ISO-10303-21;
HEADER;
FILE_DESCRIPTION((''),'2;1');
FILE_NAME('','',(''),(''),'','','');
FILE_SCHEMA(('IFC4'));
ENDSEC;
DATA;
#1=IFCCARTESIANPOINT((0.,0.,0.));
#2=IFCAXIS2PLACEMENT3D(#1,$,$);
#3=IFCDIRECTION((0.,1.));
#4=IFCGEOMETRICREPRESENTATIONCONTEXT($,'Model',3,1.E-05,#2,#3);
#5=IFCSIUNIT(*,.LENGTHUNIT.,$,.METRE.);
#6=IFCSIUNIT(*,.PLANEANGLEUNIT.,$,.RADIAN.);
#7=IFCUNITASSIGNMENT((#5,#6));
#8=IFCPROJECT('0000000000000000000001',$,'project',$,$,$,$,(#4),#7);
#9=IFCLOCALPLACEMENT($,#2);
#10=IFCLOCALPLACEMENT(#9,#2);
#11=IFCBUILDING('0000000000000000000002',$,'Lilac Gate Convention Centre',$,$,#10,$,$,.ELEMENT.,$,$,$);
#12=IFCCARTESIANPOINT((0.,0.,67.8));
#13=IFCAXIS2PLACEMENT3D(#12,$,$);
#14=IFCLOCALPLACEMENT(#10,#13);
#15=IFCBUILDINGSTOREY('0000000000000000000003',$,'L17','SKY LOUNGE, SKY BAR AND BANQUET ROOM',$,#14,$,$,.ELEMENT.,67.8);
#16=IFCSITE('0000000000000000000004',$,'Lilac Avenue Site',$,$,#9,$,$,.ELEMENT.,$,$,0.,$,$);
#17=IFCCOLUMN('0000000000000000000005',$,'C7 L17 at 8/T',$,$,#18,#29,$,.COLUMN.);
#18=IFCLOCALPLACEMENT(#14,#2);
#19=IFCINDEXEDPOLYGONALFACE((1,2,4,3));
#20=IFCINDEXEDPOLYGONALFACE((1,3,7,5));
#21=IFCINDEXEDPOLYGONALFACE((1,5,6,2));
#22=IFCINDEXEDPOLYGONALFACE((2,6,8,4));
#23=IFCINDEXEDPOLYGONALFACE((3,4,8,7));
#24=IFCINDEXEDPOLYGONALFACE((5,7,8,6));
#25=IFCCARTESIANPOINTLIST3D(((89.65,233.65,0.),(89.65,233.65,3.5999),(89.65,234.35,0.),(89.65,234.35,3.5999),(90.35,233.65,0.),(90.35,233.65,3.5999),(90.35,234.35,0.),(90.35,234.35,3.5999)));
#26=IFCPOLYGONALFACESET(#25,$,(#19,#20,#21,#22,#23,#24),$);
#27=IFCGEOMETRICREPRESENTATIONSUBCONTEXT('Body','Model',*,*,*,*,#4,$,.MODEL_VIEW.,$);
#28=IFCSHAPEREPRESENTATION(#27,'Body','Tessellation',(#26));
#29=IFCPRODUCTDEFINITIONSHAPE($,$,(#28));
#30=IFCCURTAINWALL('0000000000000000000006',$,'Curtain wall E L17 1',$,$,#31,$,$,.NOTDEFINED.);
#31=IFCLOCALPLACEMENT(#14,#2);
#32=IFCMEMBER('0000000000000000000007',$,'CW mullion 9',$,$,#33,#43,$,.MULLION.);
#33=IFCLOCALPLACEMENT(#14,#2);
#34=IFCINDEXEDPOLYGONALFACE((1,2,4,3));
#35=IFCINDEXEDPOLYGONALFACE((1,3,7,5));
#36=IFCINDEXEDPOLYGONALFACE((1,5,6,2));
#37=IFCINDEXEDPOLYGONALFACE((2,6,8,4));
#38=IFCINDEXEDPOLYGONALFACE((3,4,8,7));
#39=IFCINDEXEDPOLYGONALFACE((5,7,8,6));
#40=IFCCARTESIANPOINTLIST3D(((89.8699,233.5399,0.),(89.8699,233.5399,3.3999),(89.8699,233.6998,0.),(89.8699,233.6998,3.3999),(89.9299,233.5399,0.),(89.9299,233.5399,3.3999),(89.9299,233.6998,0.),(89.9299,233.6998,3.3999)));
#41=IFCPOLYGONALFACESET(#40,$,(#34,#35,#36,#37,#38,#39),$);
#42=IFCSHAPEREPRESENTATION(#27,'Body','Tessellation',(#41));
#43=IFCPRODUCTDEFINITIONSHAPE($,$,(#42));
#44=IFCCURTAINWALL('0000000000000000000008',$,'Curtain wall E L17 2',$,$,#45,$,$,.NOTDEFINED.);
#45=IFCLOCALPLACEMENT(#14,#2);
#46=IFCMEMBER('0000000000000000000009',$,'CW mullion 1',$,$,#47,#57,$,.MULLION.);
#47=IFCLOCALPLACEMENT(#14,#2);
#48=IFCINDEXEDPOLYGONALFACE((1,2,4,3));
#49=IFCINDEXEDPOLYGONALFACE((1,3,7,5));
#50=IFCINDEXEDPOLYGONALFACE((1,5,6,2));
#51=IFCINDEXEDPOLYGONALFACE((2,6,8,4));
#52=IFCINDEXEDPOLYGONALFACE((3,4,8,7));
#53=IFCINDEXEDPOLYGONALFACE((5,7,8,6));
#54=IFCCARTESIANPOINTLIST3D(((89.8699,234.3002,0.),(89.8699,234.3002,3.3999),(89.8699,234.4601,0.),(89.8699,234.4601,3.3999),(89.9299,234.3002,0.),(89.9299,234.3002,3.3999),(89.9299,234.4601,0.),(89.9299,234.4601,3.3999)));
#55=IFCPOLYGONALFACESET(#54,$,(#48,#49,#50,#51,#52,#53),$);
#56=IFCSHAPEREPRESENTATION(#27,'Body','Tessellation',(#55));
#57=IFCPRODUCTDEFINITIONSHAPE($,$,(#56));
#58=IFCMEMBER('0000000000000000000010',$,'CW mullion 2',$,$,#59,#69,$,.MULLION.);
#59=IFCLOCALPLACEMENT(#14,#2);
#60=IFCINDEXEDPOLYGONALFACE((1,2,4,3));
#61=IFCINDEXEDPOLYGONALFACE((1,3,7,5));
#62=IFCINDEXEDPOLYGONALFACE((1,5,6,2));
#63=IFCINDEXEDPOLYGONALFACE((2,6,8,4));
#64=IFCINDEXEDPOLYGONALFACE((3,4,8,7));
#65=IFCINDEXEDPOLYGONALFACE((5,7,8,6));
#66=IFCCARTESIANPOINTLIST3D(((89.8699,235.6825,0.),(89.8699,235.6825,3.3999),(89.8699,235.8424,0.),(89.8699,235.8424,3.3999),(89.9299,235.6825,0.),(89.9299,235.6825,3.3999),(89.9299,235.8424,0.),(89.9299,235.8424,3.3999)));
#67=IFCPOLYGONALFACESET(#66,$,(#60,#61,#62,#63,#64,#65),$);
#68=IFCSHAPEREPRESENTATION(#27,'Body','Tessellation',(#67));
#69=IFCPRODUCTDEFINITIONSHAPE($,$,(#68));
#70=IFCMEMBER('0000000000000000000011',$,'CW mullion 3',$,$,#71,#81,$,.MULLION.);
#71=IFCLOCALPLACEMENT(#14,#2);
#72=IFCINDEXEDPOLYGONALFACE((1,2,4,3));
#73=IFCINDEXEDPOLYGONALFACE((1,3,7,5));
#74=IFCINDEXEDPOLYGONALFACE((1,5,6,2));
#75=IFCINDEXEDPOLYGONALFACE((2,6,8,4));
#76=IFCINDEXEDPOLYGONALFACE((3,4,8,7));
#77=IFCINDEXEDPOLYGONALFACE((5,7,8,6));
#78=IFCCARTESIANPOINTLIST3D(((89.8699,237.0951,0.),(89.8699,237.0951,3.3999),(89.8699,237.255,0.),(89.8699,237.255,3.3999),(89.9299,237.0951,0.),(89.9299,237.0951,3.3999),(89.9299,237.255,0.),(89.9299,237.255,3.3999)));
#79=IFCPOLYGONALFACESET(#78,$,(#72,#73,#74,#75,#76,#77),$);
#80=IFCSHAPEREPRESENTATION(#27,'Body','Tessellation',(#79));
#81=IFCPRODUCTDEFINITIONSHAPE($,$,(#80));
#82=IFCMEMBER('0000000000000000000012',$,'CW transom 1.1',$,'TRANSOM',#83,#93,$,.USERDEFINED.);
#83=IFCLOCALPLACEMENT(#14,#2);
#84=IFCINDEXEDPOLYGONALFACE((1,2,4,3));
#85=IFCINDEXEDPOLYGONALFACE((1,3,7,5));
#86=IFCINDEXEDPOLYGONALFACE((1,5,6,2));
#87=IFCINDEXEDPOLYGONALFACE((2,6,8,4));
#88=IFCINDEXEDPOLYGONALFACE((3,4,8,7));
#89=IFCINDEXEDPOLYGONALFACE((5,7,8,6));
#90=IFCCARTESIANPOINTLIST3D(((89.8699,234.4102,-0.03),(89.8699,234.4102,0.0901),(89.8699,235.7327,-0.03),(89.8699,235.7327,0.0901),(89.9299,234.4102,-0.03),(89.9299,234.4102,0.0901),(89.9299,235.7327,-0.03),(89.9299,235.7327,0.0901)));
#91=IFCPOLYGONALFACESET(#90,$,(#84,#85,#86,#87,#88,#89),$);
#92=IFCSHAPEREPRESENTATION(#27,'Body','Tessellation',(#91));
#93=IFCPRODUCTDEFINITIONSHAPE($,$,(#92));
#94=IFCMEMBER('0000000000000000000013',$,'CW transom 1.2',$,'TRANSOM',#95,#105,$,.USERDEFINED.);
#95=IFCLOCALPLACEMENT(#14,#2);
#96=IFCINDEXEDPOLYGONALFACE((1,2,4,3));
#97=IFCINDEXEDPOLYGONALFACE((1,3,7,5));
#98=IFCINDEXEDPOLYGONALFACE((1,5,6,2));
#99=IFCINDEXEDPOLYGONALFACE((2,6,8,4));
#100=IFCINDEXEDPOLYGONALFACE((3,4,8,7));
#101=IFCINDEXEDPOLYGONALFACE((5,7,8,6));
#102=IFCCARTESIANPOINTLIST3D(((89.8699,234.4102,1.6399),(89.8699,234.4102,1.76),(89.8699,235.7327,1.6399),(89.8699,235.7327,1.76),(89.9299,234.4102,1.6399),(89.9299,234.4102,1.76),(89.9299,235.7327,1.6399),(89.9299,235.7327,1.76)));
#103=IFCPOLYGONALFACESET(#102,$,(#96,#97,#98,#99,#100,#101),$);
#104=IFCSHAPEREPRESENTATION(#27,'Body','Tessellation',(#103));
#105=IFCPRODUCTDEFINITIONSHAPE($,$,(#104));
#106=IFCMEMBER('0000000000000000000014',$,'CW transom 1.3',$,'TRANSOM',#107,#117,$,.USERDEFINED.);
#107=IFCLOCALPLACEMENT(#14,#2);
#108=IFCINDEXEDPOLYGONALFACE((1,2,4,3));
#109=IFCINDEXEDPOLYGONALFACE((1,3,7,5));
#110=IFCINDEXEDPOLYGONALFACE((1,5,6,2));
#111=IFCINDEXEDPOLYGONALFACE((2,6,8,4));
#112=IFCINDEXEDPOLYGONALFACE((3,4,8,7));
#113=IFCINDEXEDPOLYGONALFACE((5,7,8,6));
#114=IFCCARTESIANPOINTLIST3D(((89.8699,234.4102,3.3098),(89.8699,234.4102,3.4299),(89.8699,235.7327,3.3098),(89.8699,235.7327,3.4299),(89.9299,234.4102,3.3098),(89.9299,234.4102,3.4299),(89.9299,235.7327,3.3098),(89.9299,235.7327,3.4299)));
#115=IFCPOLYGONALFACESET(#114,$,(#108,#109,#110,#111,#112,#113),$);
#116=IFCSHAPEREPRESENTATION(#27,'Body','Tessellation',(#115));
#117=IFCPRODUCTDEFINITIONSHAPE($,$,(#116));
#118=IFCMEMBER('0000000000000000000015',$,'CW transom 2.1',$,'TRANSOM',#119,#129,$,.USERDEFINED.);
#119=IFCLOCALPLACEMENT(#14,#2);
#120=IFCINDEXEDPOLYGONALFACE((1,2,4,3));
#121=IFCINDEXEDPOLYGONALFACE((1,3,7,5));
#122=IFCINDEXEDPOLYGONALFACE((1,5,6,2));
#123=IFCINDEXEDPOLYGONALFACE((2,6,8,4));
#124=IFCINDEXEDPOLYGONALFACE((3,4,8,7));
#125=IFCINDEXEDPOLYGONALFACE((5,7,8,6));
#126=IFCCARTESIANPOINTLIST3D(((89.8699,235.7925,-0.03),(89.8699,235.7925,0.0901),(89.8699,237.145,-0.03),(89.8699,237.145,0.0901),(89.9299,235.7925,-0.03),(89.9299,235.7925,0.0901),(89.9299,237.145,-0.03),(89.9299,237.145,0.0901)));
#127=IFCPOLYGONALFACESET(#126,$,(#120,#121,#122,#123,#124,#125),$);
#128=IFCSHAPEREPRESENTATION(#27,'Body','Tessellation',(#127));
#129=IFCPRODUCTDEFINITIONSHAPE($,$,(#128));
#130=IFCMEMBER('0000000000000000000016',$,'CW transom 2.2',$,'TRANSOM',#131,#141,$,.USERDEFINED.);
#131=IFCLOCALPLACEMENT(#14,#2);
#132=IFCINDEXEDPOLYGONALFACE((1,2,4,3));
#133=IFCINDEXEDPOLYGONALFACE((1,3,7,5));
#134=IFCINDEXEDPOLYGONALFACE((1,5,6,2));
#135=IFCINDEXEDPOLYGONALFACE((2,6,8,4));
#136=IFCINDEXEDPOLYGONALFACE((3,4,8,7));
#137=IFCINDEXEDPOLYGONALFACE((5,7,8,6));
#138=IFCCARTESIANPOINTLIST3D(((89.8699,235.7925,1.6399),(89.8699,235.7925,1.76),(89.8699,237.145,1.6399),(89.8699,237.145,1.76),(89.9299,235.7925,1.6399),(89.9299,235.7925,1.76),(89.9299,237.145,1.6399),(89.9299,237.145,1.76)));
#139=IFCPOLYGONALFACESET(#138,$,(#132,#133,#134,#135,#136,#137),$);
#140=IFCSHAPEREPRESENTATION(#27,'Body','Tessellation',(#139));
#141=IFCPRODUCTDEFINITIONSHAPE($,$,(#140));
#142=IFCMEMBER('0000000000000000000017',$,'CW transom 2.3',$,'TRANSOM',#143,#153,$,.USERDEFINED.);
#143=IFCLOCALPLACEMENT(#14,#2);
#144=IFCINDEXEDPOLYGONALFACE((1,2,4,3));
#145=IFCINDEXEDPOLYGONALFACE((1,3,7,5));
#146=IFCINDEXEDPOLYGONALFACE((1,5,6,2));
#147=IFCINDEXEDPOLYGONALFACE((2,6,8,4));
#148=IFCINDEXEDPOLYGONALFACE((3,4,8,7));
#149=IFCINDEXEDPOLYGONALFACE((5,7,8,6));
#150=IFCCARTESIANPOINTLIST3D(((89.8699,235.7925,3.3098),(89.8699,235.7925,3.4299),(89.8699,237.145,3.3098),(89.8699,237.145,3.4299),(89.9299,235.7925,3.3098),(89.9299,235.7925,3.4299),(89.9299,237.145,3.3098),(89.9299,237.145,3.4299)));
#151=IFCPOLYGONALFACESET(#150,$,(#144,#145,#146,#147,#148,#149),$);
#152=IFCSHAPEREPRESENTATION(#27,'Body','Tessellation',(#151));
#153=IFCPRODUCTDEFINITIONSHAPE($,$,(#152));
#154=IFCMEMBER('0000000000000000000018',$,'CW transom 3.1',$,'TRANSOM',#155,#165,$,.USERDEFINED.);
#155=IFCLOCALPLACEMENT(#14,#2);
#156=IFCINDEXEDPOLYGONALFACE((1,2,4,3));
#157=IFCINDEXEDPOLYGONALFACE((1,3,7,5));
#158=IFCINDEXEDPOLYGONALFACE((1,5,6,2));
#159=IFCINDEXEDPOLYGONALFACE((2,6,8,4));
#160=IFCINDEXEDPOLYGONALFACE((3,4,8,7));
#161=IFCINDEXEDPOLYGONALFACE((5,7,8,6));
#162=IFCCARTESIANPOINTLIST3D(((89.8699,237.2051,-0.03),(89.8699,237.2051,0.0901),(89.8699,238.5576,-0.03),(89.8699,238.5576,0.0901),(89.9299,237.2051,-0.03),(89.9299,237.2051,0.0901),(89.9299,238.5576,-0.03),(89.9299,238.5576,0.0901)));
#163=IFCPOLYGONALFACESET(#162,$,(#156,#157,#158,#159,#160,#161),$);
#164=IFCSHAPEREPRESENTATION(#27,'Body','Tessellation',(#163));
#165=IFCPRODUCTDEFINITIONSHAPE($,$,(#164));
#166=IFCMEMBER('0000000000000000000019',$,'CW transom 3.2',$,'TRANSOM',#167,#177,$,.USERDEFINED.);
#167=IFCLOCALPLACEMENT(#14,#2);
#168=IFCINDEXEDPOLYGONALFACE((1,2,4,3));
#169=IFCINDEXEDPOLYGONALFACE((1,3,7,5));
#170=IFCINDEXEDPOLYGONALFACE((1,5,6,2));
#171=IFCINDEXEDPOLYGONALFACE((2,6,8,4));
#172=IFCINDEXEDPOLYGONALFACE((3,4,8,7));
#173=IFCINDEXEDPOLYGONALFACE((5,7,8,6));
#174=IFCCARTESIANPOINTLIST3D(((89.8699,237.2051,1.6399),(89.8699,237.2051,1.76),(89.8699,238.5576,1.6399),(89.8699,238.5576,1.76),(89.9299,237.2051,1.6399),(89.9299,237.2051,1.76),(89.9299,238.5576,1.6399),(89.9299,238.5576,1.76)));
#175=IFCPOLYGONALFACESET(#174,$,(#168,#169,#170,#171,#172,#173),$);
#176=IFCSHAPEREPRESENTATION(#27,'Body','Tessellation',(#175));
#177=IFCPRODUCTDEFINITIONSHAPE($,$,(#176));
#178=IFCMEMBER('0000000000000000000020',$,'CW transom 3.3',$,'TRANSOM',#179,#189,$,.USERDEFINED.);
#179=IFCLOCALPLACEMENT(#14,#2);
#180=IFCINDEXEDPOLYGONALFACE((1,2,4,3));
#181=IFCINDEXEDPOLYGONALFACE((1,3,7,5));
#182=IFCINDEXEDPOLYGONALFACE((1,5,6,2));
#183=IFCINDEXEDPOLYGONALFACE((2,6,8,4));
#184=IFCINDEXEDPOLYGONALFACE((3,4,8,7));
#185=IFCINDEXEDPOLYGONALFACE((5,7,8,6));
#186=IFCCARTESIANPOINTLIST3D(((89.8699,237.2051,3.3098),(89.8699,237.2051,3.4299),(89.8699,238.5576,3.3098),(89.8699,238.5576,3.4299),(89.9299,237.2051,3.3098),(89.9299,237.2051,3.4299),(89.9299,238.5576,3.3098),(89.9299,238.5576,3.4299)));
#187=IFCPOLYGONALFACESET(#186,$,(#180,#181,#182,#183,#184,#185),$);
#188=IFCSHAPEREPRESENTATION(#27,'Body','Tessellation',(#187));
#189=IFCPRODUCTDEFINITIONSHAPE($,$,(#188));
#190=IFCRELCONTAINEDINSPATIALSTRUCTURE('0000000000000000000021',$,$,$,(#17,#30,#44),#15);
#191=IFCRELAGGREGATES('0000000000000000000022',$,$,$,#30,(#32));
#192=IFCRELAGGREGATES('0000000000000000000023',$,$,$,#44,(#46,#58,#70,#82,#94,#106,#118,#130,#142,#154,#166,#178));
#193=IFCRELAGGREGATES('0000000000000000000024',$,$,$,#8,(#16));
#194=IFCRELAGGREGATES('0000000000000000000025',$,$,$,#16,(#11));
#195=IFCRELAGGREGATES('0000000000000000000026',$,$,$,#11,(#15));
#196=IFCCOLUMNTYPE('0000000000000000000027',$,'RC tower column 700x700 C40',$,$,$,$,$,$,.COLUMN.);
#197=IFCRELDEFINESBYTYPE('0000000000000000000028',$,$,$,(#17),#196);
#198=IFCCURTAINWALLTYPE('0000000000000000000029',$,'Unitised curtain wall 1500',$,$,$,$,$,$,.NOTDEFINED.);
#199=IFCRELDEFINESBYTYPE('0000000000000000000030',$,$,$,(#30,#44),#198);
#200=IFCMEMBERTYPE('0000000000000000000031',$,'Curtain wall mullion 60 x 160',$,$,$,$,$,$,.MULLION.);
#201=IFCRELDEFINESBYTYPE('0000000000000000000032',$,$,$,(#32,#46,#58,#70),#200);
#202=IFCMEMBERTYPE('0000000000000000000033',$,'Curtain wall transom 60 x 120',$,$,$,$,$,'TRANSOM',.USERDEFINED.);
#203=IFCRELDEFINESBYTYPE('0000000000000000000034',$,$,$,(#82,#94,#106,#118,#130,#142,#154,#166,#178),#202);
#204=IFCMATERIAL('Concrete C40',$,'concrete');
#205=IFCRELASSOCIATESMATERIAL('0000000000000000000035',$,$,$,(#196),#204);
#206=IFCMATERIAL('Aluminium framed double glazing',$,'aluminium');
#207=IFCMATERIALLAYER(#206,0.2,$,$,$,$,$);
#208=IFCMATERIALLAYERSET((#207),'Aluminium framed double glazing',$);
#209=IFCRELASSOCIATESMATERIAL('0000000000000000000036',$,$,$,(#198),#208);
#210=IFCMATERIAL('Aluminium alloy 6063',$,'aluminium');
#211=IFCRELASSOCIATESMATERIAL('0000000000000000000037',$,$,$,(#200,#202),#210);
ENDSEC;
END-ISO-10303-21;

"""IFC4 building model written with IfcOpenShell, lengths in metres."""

from ifc_helpers import new_model, si_unit, direction, frame, origin, origin_2d, place, context, subcontext, project, spatial, rectangle, extrude, material, layer, layer_set, material_profile, profile_set, type_object, element, aggregate, save


model = new_model("IFC4")

# Units and contexts
model_context = context("Model", 3, precision=1e-05, world=origin(), true_north=direction((0.0, 1.0)))
body_context = subcontext(model_context, "Body", "Model", "MODEL_VIEW")
ifc_project = project(units=[si_unit("LENGTHUNIT", "METRE"), si_unit("PLANEANGLEUNIT", "RADIAN")], contexts=[model_context])

# Site, building, storey
site_placement = place(None, origin())
site = spatial("IfcSite", under=ifc_project, at=site_placement, Name="Lilac Avenue Site", CompositionType="ELEMENT", RefElevation=0.0)
building_placement = place(site_placement, origin())
building = spatial("IfcBuilding", under=site, at=building_placement, Name="Lilac Gate Convention Centre", CompositionType="ELEMENT")
storey_placement = place(building_placement, frame((0.0, 0.0, 67.8)))
storey = spatial("IfcBuildingStorey", under=building, at=storey_placement, Name="L17", Description="SKY LOUNGE, SKY BAR AND BANQUET ROOM", CompositionType="ELEMENT", Elevation=67.8)

# Column
ifc_material_1 = material(Name="Concrete C40", Category="concrete")
ifc_material_profile_1 = material_profile(ifc_material_1, rectangle(XDim=0.7, YDim=0.7, at=origin_2d()), Name="RC 700x700")
ifc_profile_set_1 = profile_set([ifc_material_profile_1], Name="Concrete C40")
column_type = type_object("IfcColumnType", Name="RC tower column 700x700 C40", PredefinedType="COLUMN", material=ifc_profile_set_1)
column_placement = place(storey_placement, frame((90.0, 234.0, 0.0), z_axis=(0.0, 0.0, 1.0), x_axis=(1.0, 0.0, 0.0)))
element("IfcColumn", 1, at=column_placement, inside=storey, type_object=column_type, Name="C7 L17 at 8/T", PredefinedType="COLUMN", context=body_context, shape_type="SweptSolid", body=[
    extrude(rectangle(XDim=0.7, YDim=0.7, at=origin_2d()), origin(), (0.0, 0.0, 1.0), 3.5999),
])

# Curtain wall, member
ifc_material_2 = material(Name="Aluminium framed double glazing", Category="aluminium")
ifc_layer_1 = layer(ifc_material_2, 0.2)
ifc_layer_set_1 = layer_set([ifc_layer_1], Name="Aluminium framed double glazing")
curtain_wall_type = type_object("IfcCurtainWallType", Name="Unitised curtain wall 1500", PredefinedType="NOTDEFINED", material=ifc_layer_set_1)
curtain_wall_1_placement = place(storey_placement, origin())
curtain_wall_1 = element("IfcCurtainWall", 2, at=curtain_wall_1_placement, inside=storey, type_object=curtain_wall_type, Name="Curtain wall E L17 1", PredefinedType="NOTDEFINED")
ifc_material_3 = material(Name="Aluminium alloy 6063", Category="aluminium")
ifc_material_profile_2 = material_profile(ifc_material_3, rectangle(XDim=0.0601, YDim=0.1599, at=origin_2d()), Name="Curtain wall mullion 60 x 160")
ifc_profile_set_2 = profile_set([ifc_material_profile_2], Name="Aluminium alloy 6063")
member_type_1 = type_object("IfcMemberType", Name="Curtain wall mullion 60 x 160", PredefinedType="MULLION", material=ifc_profile_set_2)
member_1_placement = place(storey_placement, frame((89.8999, 233.6199, 0.0), z_axis=(0.0, 0.0, 1.0), x_axis=(-1.0, 0.0, 0.0)))
member_1 = element("IfcMember", 3, at=member_1_placement, type_object=member_type_1, Name="CW mullion 9", PredefinedType="MULLION", context=body_context, shape_type="SweptSolid", body=[
    extrude(rectangle(XDim=0.0601, YDim=0.1599, at=origin_2d()), origin(), (0.0, 0.0, 1.0), 3.3999),
])
aggregate(curtain_wall_1, [member_1])

# Curtain wall, members
curtain_wall_2_placement = place(storey_placement, origin())
curtain_wall_2 = element("IfcCurtainWall", 4, at=curtain_wall_2_placement, inside=storey, type_object=curtain_wall_type, Name="Curtain wall E L17 2", PredefinedType="NOTDEFINED")
member_2_placement = place(storey_placement, frame((89.8999, 234.3801, 0.0), z_axis=(0.0, 0.0, 1.0), x_axis=(-1.0, 0.0, 0.0)))
member_2 = element("IfcMember", 5, at=member_2_placement, type_object=member_type_1, Name="CW mullion 1", PredefinedType="MULLION", context=body_context, shape_type="SweptSolid", body=[
    extrude(rectangle(XDim=0.0601, YDim=0.1599, at=origin_2d()), origin(), (0.0, 0.0, 1.0), 3.3999),
])
member_3_placement = place(storey_placement, frame((89.8999, 235.7625, 0.0), z_axis=(0.0, 0.0, 1.0), x_axis=(-1.0, 0.0, 0.0)))
member_3 = element("IfcMember", 6, at=member_3_placement, type_object=member_type_1, Name="CW mullion 2", PredefinedType="MULLION", context=body_context, shape_type="SweptSolid", body=[
    extrude(rectangle(XDim=0.0601, YDim=0.1599, at=origin_2d()), origin(), (0.0, 0.0, 1.0), 3.3999),
])
member_4_placement = place(storey_placement, frame((89.8999, 237.175, 0.0), z_axis=(0.0, 0.0, 1.0), x_axis=(-1.0, 0.0, 0.0)))
member_4 = element("IfcMember", 7, at=member_4_placement, type_object=member_type_1, Name="CW mullion 3", PredefinedType="MULLION", context=body_context, shape_type="SweptSolid", body=[
    extrude(rectangle(XDim=0.0601, YDim=0.1599, at=origin_2d()), origin(), (0.0, 0.0, 1.0), 3.3999),
])
ifc_material_profile_3 = material_profile(ifc_material_3, rectangle(XDim=0.0601, YDim=0.1201, at=origin_2d()), Name="Curtain wall transom 60 x 120")
ifc_profile_set_3 = profile_set([ifc_material_profile_3], Name="Aluminium alloy 6063")
member_type_2 = type_object("IfcMemberType", Name="Curtain wall transom 60 x 120", ElementType="TRANSOM", PredefinedType="USERDEFINED", material=ifc_profile_set_3)
member_5_placement = place(storey_placement, frame((89.8999, 234.4102, 0.03), z_axis=(0.0, 1.0, 0.0), x_axis=(-1.0, 0.0, 0.0)))
member_5 = element("IfcMember", 8, at=member_5_placement, type_object=member_type_2, Name="CW transom 1.1", ObjectType="TRANSOM", PredefinedType="USERDEFINED", context=body_context, shape_type="SweptSolid", body=[
    extrude(rectangle(XDim=0.0601, YDim=0.1201, at=origin_2d()), origin(), (0.0, 0.0, 1.0), 1.3225),
])
member_6_placement = place(storey_placement, frame((89.8999, 234.4102, 1.7), z_axis=(0.0, 1.0, 0.0), x_axis=(-1.0, 0.0, 0.0)))
member_6 = element("IfcMember", 9, at=member_6_placement, type_object=member_type_2, Name="CW transom 1.2", ObjectType="TRANSOM", PredefinedType="USERDEFINED", context=body_context, shape_type="SweptSolid", body=[
    extrude(rectangle(XDim=0.0601, YDim=0.1201, at=origin_2d()), origin(), (0.0, 0.0, 1.0), 1.3225),
])
member_7_placement = place(storey_placement, frame((89.8999, 234.4102, 3.3699), z_axis=(0.0, 1.0, 0.0), x_axis=(-1.0, 0.0, 0.0)))
member_7 = element("IfcMember", 10, at=member_7_placement, type_object=member_type_2, Name="CW transom 1.3", ObjectType="TRANSOM", PredefinedType="USERDEFINED", context=body_context, shape_type="SweptSolid", body=[
    extrude(rectangle(XDim=0.0601, YDim=0.1201, at=origin_2d()), origin(), (0.0, 0.0, 1.0), 1.3225),
])
member_8_placement = place(storey_placement, frame((89.8999, 235.7925, 0.03), z_axis=(0.0, 1.0, 0.0), x_axis=(-1.0, 0.0, 0.0)))
member_8 = element("IfcMember", 11, at=member_8_placement, type_object=member_type_2, Name="CW transom 2.1", ObjectType="TRANSOM", PredefinedType="USERDEFINED", context=body_context, shape_type="SweptSolid", body=[
    extrude(rectangle(XDim=0.0601, YDim=0.1201, at=origin_2d()), origin(), (0.0, 0.0, 1.0), 1.3525),
])
member_9_placement = place(storey_placement, frame((89.8999, 235.7925, 1.7), z_axis=(0.0, 1.0, 0.0), x_axis=(-1.0, 0.0, 0.0)))
member_9 = element("IfcMember", 12, at=member_9_placement, type_object=member_type_2, Name="CW transom 2.2", ObjectType="TRANSOM", PredefinedType="USERDEFINED", context=body_context, shape_type="SweptSolid", body=[
    extrude(rectangle(XDim=0.0601, YDim=0.1201, at=origin_2d()), origin(), (0.0, 0.0, 1.0), 1.3525),
])
member_10_placement = place(storey_placement, frame((89.8999, 235.7925, 3.3699), z_axis=(0.0, 1.0, 0.0), x_axis=(-1.0, 0.0, 0.0)))
member_10 = element("IfcMember", 13, at=member_10_placement, type_object=member_type_2, Name="CW transom 2.3", ObjectType="TRANSOM", PredefinedType="USERDEFINED", context=body_context, shape_type="SweptSolid", body=[
    extrude(rectangle(XDim=0.0601, YDim=0.1201, at=origin_2d()), origin(), (0.0, 0.0, 1.0), 1.3525),
])
member_11_placement = place(storey_placement, frame((89.8999, 237.2051, 0.03), z_axis=(0.0, 1.0, 0.0), x_axis=(-1.0, 0.0, 0.0)))
member_11 = element("IfcMember", 14, at=member_11_placement, type_object=member_type_2, Name="CW transom 3.1", ObjectType="TRANSOM", PredefinedType="USERDEFINED", context=body_context, shape_type="SweptSolid", body=[
    extrude(rectangle(XDim=0.0601, YDim=0.1201, at=origin_2d()), origin(), (0.0, 0.0, 1.0), 1.3525),
])
member_12_placement = place(storey_placement, frame((89.8999, 237.2051, 1.7), z_axis=(0.0, 1.0, 0.0), x_axis=(-1.0, 0.0, 0.0)))
member_12 = element("IfcMember", 15, at=member_12_placement, type_object=member_type_2, Name="CW transom 3.2", ObjectType="TRANSOM", PredefinedType="USERDEFINED", context=body_context, shape_type="SweptSolid", body=[
    extrude(rectangle(XDim=0.0601, YDim=0.1201, at=origin_2d()), origin(), (0.0, 0.0, 1.0), 1.3525),
])
member_13_placement = place(storey_placement, frame((89.8999, 237.2051, 3.3699), z_axis=(0.0, 1.0, 0.0), x_axis=(-1.0, 0.0, 0.0)))
member_13 = element("IfcMember", 16, at=member_13_placement, type_object=member_type_2, Name="CW transom 3.3", ObjectType="TRANSOM", PredefinedType="USERDEFINED", context=body_context, shape_type="SweptSolid", body=[
    extrude(rectangle(XDim=0.0601, YDim=0.1201, at=origin_2d()), origin(), (0.0, 0.0, 1.0), 1.3525),
])

aggregate(curtain_wall_2, [member_2, member_3, member_4, member_5, member_6, member_7, member_8, member_9, member_10, member_11, member_12, member_13])

save(model, "model.ifc")
